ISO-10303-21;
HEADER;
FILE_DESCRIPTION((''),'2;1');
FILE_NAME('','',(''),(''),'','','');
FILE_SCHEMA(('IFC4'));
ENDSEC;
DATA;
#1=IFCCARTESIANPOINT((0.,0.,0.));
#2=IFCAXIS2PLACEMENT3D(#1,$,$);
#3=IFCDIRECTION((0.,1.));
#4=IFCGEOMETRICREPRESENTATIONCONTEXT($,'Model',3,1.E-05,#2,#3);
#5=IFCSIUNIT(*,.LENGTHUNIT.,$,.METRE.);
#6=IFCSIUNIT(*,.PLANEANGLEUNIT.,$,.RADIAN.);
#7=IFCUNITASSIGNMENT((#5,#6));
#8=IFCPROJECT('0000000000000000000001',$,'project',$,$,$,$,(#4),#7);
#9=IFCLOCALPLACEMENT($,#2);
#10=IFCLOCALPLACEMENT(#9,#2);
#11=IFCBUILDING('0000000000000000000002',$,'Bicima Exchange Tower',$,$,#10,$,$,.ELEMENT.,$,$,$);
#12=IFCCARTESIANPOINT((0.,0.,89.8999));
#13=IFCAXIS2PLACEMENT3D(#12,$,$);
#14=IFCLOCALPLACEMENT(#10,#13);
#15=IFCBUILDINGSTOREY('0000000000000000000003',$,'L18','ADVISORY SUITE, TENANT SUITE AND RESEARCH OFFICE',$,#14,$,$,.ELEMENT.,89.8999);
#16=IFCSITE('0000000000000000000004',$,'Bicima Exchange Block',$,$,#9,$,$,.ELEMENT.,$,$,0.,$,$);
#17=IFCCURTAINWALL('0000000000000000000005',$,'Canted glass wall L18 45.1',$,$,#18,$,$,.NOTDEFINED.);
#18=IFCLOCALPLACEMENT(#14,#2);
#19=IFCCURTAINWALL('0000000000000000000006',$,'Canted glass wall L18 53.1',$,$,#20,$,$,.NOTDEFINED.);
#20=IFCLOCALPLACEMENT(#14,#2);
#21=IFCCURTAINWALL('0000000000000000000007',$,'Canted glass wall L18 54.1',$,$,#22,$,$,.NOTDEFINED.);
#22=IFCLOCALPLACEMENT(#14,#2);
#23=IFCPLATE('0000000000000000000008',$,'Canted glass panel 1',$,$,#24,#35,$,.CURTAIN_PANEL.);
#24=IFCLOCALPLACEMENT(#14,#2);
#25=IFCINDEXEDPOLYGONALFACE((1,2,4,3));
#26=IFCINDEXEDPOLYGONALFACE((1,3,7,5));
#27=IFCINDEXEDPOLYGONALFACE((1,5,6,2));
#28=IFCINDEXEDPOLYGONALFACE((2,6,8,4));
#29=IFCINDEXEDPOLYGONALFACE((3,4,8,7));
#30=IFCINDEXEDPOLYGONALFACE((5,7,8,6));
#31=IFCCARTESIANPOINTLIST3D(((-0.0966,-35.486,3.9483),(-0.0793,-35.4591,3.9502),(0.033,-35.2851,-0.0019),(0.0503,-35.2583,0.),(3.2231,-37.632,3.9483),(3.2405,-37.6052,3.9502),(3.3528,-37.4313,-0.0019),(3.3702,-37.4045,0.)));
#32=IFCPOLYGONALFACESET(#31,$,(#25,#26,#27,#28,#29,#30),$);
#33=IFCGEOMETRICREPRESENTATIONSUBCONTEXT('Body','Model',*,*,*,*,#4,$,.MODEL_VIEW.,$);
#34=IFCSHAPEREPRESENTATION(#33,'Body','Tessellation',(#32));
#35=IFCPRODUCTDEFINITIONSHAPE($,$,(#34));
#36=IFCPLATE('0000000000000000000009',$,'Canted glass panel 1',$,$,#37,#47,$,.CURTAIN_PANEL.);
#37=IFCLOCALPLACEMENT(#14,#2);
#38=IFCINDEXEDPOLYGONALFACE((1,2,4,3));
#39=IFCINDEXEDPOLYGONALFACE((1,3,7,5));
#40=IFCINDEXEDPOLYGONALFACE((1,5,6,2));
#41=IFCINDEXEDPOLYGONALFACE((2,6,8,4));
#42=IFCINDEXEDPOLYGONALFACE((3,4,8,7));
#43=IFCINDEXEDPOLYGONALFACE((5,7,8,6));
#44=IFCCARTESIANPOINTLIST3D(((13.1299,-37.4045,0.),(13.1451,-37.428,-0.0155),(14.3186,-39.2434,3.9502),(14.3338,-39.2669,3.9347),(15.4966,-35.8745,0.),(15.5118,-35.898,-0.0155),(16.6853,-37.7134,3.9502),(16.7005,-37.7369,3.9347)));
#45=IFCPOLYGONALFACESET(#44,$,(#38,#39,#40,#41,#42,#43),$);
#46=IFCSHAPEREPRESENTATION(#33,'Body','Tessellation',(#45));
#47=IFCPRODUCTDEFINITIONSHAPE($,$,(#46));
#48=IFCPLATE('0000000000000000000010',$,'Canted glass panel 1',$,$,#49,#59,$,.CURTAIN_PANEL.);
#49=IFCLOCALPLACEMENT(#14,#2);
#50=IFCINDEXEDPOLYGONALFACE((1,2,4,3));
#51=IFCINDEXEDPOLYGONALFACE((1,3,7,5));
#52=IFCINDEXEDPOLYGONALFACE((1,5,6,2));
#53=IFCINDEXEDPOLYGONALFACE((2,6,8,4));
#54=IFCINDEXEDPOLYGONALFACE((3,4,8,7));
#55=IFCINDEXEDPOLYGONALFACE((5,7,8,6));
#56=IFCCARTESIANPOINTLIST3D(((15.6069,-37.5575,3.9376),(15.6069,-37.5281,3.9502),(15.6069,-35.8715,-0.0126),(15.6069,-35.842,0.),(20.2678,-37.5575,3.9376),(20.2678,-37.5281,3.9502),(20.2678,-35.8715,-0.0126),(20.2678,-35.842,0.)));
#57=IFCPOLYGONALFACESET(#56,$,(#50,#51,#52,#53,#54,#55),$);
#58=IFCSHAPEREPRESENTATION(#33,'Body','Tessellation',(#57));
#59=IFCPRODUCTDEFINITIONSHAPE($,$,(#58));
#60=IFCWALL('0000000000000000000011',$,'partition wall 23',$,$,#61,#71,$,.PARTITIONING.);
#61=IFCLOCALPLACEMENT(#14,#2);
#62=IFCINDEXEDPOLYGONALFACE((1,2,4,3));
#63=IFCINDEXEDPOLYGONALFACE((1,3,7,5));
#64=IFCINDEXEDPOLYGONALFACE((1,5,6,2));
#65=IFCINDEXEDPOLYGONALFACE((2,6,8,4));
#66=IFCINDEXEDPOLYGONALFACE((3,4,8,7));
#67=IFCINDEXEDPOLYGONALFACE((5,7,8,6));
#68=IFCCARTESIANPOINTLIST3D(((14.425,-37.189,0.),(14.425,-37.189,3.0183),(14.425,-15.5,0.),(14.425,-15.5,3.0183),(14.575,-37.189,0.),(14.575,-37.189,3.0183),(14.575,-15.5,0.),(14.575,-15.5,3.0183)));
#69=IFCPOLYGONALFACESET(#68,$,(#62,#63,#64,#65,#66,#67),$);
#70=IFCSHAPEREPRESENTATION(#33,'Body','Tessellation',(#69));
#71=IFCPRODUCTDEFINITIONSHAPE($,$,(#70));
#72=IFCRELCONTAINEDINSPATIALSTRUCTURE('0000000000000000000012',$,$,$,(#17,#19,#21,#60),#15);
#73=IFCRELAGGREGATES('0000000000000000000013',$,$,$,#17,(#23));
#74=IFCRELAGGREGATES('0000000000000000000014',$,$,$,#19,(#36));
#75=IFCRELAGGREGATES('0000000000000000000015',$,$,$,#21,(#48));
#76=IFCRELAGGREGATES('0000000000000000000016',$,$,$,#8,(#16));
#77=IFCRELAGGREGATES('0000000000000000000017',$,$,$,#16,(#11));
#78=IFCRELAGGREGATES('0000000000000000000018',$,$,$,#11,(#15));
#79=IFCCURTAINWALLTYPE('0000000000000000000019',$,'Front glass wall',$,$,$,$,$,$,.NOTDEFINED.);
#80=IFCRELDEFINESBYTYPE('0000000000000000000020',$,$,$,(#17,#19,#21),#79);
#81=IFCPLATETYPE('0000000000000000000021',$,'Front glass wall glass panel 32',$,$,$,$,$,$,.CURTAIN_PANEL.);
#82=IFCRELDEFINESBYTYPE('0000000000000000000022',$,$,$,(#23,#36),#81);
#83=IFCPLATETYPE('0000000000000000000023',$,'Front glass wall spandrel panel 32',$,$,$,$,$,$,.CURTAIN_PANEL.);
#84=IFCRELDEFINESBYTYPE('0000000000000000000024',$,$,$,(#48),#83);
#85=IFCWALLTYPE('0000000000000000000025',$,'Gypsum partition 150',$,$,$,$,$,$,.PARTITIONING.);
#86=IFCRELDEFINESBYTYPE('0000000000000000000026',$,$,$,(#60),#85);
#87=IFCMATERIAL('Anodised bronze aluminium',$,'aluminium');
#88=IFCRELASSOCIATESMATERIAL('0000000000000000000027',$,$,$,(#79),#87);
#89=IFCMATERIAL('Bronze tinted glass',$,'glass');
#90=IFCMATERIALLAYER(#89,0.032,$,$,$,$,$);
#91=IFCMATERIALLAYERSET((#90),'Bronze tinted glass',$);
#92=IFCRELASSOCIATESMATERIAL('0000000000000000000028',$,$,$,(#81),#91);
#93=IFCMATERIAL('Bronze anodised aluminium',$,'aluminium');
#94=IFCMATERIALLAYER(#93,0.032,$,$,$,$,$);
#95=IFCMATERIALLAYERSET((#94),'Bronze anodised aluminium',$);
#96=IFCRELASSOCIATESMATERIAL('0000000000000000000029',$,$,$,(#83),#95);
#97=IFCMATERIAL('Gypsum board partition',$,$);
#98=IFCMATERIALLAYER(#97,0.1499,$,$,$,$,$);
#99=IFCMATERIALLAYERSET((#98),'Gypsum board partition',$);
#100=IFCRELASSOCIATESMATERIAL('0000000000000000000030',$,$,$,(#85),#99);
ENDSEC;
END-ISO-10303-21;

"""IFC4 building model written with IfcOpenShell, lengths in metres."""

from ifc_helpers import new_model, si_unit, direction, frame, frame_2d, origin, place, context, subcontext, project, spatial, polyline, rectangle, outline, extrude, material, layer, layer_set, type_object, element, aggregate, save


model = new_model("IFC4")

# Units and contexts
model_context = context("Model", 3, precision=1e-05, world=origin(), true_north=direction((0.0, 1.0)))
body_context = subcontext(model_context, "Body", "Model", "MODEL_VIEW")
ifc_project = project(units=[si_unit("LENGTHUNIT", "METRE"), si_unit("PLANEANGLEUNIT", "RADIAN")], contexts=[model_context])

# Site, building, storey
site_placement = place(None, origin())
site = spatial("IfcSite", under=ifc_project, at=site_placement, Name="Bicima Exchange Block", CompositionType="ELEMENT", RefElevation=0.0)
building_placement = place(site_placement, origin())
building = spatial("IfcBuilding", under=site, at=building_placement, Name="Bicima Exchange Tower", CompositionType="ELEMENT")
storey_placement = place(building_placement, frame((0.0, 0.0, 89.8999)))
storey = spatial("IfcBuildingStorey", under=building, at=storey_placement, Name="L18", Description="ADVISORY SUITE, TENANT SUITE AND RESEARCH OFFICE", CompositionType="ELEMENT", Elevation=89.8999)

# Shared definitions
ifc_material_1 = material(Name="Anodised bronze aluminium", Category="aluminium")
curtain_wall_type = type_object("IfcCurtainWallType", Name="Front glass wall", PredefinedType="NOTDEFINED", material=ifc_material_1)

# Curtain wall
curtain_wall_1_placement = place(storey_placement, origin())
curtain_wall_1 = element("IfcCurtainWall", 1, at=curtain_wall_1_placement, inside=storey, type_object=curtain_wall_type, Name="Canted glass wall L18 45.1", PredefinedType="NOTDEFINED")

# Curtain wall
curtain_wall_2_placement = place(storey_placement, origin())
curtain_wall_2 = element("IfcCurtainWall", 2, at=curtain_wall_2_placement, inside=storey, type_object=curtain_wall_type, Name="Canted glass wall L18 53.1", PredefinedType="NOTDEFINED")

# Curtain wall
curtain_wall_3_placement = place(storey_placement, origin())
curtain_wall_3 = element("IfcCurtainWall", 3, at=curtain_wall_3_placement, inside=storey, type_object=curtain_wall_type, Name="Canted glass wall L18 54.1", PredefinedType="NOTDEFINED")

# Plates
ifc_material_2 = material(Name="Bronze tinted glass", Category="glass")
ifc_layer_1 = layer(ifc_material_2, 0.032)
ifc_layer_set_1 = layer_set([ifc_layer_1], Name="Bronze tinted glass")
plate_type_1 = type_object("IfcPlateType", Name="Front glass wall glass panel 32", PredefinedType="CURTAIN_PANEL", material=ifc_layer_set_1)
plate_1_placement = place(storey_placement, frame((0.0503, -35.2583, 0.0), z_axis=(0.541903, 0.838268, 0.060397), x_axis=(0.839801, -0.542894, 0.000002)))
plate_1 = element("IfcPlate", 4, at=plate_1_placement, type_object=plate_type_1, Name="Canted glass panel 1", PredefinedType="CURTAIN_PANEL", context=body_context, shape_type="SweptSolid", body=[
    extrude(outline(polyline([(0.0, 0.0), (3.9532, 0.0), (3.9533, -3.9574), (0.0002, -3.9574), (0.0, 0.0)])), origin(), (0.0, 0.0, -1.0), 0.032),
])
aggregate(curtain_wall_1, [plate_1])
plate_2_placement = place(storey_placement, frame((13.1299, -37.4045, 0.0), z_axis=(-0.47484, 0.734497, 0.48481), x_axis=(0.839791, 0.54291, 0.0)))
plate_2 = element("IfcPlate", 5, at=plate_2_placement, type_object=plate_type_1, Name="Canted glass panel 1", PredefinedType="CURTAIN_PANEL", context=body_context, shape_type="SweptSolid", body=[
    extrude(outline(polyline([(0.0, 0.0), (2.8182, 0.0), (2.8181, -4.5165), (-0.0001, -4.5165), (0.0, 0.0)])), origin(), (0.0, 0.0, -1.0), 0.032),
])
aggregate(curtain_wall_2, [plate_2])
ifc_material_3 = material(Name="Bronze anodised aluminium", Category="aluminium")
ifc_layer_2 = layer(ifc_material_3, 0.032)
ifc_layer_set_2 = layer_set([ifc_layer_2], Name="Bronze anodised aluminium")
plate_type_2 = type_object("IfcPlateType", Name="Front glass wall spandrel panel 32", PredefinedType="CURTAIN_PANEL", material=ifc_layer_set_2)
plate_3_placement = place(storey_placement, frame((15.6069, -35.842, 0.0), z_axis=(0.0, 0.919726, 0.392561), x_axis=(1.0, 0.0, 0.0)))
plate_3 = element("IfcPlate", 6, at=plate_3_placement, type_object=plate_type_2, Name="Canted glass panel 1", PredefinedType="CURTAIN_PANEL", context=body_context, shape_type="SweptSolid", body=[
    extrude(outline(polyline([(0.0, 0.0), (4.6609, 0.0), (4.6609, -4.295), (0.0, -4.295), (0.0, 0.0)])), origin(), (0.0, 0.0, -1.0), 0.032),
])
aggregate(curtain_wall_3, [plate_3])

# Wall
ifc_material_4 = material(Name="Gypsum board partition")
ifc_layer_3 = layer(ifc_material_4, 0.1499)
ifc_layer_set_3 = layer_set([ifc_layer_3], Name="Gypsum board partition")
wall_type = type_object("IfcWallType", Name="Gypsum partition 150", PredefinedType="PARTITIONING", material=ifc_layer_set_3)
wall_placement = place(storey_placement, frame((14.5, -37.189, 0.0), z_axis=(0.0, 0.0, 1.0), x_axis=(0.0, 1.0, 0.0)))
element("IfcWall", 7, at=wall_placement, inside=storey, type_object=wall_type, Name="partition wall 23", PredefinedType="PARTITIONING", context=body_context, shape_type="SweptSolid", body=[
    extrude(rectangle(XDim=21.689, YDim=0.1499, at=frame_2d((10.8445, 0.0))), origin(), (0.0, 0.0, 1.0), 3.0183),
])

save(model, "model.ifc")
